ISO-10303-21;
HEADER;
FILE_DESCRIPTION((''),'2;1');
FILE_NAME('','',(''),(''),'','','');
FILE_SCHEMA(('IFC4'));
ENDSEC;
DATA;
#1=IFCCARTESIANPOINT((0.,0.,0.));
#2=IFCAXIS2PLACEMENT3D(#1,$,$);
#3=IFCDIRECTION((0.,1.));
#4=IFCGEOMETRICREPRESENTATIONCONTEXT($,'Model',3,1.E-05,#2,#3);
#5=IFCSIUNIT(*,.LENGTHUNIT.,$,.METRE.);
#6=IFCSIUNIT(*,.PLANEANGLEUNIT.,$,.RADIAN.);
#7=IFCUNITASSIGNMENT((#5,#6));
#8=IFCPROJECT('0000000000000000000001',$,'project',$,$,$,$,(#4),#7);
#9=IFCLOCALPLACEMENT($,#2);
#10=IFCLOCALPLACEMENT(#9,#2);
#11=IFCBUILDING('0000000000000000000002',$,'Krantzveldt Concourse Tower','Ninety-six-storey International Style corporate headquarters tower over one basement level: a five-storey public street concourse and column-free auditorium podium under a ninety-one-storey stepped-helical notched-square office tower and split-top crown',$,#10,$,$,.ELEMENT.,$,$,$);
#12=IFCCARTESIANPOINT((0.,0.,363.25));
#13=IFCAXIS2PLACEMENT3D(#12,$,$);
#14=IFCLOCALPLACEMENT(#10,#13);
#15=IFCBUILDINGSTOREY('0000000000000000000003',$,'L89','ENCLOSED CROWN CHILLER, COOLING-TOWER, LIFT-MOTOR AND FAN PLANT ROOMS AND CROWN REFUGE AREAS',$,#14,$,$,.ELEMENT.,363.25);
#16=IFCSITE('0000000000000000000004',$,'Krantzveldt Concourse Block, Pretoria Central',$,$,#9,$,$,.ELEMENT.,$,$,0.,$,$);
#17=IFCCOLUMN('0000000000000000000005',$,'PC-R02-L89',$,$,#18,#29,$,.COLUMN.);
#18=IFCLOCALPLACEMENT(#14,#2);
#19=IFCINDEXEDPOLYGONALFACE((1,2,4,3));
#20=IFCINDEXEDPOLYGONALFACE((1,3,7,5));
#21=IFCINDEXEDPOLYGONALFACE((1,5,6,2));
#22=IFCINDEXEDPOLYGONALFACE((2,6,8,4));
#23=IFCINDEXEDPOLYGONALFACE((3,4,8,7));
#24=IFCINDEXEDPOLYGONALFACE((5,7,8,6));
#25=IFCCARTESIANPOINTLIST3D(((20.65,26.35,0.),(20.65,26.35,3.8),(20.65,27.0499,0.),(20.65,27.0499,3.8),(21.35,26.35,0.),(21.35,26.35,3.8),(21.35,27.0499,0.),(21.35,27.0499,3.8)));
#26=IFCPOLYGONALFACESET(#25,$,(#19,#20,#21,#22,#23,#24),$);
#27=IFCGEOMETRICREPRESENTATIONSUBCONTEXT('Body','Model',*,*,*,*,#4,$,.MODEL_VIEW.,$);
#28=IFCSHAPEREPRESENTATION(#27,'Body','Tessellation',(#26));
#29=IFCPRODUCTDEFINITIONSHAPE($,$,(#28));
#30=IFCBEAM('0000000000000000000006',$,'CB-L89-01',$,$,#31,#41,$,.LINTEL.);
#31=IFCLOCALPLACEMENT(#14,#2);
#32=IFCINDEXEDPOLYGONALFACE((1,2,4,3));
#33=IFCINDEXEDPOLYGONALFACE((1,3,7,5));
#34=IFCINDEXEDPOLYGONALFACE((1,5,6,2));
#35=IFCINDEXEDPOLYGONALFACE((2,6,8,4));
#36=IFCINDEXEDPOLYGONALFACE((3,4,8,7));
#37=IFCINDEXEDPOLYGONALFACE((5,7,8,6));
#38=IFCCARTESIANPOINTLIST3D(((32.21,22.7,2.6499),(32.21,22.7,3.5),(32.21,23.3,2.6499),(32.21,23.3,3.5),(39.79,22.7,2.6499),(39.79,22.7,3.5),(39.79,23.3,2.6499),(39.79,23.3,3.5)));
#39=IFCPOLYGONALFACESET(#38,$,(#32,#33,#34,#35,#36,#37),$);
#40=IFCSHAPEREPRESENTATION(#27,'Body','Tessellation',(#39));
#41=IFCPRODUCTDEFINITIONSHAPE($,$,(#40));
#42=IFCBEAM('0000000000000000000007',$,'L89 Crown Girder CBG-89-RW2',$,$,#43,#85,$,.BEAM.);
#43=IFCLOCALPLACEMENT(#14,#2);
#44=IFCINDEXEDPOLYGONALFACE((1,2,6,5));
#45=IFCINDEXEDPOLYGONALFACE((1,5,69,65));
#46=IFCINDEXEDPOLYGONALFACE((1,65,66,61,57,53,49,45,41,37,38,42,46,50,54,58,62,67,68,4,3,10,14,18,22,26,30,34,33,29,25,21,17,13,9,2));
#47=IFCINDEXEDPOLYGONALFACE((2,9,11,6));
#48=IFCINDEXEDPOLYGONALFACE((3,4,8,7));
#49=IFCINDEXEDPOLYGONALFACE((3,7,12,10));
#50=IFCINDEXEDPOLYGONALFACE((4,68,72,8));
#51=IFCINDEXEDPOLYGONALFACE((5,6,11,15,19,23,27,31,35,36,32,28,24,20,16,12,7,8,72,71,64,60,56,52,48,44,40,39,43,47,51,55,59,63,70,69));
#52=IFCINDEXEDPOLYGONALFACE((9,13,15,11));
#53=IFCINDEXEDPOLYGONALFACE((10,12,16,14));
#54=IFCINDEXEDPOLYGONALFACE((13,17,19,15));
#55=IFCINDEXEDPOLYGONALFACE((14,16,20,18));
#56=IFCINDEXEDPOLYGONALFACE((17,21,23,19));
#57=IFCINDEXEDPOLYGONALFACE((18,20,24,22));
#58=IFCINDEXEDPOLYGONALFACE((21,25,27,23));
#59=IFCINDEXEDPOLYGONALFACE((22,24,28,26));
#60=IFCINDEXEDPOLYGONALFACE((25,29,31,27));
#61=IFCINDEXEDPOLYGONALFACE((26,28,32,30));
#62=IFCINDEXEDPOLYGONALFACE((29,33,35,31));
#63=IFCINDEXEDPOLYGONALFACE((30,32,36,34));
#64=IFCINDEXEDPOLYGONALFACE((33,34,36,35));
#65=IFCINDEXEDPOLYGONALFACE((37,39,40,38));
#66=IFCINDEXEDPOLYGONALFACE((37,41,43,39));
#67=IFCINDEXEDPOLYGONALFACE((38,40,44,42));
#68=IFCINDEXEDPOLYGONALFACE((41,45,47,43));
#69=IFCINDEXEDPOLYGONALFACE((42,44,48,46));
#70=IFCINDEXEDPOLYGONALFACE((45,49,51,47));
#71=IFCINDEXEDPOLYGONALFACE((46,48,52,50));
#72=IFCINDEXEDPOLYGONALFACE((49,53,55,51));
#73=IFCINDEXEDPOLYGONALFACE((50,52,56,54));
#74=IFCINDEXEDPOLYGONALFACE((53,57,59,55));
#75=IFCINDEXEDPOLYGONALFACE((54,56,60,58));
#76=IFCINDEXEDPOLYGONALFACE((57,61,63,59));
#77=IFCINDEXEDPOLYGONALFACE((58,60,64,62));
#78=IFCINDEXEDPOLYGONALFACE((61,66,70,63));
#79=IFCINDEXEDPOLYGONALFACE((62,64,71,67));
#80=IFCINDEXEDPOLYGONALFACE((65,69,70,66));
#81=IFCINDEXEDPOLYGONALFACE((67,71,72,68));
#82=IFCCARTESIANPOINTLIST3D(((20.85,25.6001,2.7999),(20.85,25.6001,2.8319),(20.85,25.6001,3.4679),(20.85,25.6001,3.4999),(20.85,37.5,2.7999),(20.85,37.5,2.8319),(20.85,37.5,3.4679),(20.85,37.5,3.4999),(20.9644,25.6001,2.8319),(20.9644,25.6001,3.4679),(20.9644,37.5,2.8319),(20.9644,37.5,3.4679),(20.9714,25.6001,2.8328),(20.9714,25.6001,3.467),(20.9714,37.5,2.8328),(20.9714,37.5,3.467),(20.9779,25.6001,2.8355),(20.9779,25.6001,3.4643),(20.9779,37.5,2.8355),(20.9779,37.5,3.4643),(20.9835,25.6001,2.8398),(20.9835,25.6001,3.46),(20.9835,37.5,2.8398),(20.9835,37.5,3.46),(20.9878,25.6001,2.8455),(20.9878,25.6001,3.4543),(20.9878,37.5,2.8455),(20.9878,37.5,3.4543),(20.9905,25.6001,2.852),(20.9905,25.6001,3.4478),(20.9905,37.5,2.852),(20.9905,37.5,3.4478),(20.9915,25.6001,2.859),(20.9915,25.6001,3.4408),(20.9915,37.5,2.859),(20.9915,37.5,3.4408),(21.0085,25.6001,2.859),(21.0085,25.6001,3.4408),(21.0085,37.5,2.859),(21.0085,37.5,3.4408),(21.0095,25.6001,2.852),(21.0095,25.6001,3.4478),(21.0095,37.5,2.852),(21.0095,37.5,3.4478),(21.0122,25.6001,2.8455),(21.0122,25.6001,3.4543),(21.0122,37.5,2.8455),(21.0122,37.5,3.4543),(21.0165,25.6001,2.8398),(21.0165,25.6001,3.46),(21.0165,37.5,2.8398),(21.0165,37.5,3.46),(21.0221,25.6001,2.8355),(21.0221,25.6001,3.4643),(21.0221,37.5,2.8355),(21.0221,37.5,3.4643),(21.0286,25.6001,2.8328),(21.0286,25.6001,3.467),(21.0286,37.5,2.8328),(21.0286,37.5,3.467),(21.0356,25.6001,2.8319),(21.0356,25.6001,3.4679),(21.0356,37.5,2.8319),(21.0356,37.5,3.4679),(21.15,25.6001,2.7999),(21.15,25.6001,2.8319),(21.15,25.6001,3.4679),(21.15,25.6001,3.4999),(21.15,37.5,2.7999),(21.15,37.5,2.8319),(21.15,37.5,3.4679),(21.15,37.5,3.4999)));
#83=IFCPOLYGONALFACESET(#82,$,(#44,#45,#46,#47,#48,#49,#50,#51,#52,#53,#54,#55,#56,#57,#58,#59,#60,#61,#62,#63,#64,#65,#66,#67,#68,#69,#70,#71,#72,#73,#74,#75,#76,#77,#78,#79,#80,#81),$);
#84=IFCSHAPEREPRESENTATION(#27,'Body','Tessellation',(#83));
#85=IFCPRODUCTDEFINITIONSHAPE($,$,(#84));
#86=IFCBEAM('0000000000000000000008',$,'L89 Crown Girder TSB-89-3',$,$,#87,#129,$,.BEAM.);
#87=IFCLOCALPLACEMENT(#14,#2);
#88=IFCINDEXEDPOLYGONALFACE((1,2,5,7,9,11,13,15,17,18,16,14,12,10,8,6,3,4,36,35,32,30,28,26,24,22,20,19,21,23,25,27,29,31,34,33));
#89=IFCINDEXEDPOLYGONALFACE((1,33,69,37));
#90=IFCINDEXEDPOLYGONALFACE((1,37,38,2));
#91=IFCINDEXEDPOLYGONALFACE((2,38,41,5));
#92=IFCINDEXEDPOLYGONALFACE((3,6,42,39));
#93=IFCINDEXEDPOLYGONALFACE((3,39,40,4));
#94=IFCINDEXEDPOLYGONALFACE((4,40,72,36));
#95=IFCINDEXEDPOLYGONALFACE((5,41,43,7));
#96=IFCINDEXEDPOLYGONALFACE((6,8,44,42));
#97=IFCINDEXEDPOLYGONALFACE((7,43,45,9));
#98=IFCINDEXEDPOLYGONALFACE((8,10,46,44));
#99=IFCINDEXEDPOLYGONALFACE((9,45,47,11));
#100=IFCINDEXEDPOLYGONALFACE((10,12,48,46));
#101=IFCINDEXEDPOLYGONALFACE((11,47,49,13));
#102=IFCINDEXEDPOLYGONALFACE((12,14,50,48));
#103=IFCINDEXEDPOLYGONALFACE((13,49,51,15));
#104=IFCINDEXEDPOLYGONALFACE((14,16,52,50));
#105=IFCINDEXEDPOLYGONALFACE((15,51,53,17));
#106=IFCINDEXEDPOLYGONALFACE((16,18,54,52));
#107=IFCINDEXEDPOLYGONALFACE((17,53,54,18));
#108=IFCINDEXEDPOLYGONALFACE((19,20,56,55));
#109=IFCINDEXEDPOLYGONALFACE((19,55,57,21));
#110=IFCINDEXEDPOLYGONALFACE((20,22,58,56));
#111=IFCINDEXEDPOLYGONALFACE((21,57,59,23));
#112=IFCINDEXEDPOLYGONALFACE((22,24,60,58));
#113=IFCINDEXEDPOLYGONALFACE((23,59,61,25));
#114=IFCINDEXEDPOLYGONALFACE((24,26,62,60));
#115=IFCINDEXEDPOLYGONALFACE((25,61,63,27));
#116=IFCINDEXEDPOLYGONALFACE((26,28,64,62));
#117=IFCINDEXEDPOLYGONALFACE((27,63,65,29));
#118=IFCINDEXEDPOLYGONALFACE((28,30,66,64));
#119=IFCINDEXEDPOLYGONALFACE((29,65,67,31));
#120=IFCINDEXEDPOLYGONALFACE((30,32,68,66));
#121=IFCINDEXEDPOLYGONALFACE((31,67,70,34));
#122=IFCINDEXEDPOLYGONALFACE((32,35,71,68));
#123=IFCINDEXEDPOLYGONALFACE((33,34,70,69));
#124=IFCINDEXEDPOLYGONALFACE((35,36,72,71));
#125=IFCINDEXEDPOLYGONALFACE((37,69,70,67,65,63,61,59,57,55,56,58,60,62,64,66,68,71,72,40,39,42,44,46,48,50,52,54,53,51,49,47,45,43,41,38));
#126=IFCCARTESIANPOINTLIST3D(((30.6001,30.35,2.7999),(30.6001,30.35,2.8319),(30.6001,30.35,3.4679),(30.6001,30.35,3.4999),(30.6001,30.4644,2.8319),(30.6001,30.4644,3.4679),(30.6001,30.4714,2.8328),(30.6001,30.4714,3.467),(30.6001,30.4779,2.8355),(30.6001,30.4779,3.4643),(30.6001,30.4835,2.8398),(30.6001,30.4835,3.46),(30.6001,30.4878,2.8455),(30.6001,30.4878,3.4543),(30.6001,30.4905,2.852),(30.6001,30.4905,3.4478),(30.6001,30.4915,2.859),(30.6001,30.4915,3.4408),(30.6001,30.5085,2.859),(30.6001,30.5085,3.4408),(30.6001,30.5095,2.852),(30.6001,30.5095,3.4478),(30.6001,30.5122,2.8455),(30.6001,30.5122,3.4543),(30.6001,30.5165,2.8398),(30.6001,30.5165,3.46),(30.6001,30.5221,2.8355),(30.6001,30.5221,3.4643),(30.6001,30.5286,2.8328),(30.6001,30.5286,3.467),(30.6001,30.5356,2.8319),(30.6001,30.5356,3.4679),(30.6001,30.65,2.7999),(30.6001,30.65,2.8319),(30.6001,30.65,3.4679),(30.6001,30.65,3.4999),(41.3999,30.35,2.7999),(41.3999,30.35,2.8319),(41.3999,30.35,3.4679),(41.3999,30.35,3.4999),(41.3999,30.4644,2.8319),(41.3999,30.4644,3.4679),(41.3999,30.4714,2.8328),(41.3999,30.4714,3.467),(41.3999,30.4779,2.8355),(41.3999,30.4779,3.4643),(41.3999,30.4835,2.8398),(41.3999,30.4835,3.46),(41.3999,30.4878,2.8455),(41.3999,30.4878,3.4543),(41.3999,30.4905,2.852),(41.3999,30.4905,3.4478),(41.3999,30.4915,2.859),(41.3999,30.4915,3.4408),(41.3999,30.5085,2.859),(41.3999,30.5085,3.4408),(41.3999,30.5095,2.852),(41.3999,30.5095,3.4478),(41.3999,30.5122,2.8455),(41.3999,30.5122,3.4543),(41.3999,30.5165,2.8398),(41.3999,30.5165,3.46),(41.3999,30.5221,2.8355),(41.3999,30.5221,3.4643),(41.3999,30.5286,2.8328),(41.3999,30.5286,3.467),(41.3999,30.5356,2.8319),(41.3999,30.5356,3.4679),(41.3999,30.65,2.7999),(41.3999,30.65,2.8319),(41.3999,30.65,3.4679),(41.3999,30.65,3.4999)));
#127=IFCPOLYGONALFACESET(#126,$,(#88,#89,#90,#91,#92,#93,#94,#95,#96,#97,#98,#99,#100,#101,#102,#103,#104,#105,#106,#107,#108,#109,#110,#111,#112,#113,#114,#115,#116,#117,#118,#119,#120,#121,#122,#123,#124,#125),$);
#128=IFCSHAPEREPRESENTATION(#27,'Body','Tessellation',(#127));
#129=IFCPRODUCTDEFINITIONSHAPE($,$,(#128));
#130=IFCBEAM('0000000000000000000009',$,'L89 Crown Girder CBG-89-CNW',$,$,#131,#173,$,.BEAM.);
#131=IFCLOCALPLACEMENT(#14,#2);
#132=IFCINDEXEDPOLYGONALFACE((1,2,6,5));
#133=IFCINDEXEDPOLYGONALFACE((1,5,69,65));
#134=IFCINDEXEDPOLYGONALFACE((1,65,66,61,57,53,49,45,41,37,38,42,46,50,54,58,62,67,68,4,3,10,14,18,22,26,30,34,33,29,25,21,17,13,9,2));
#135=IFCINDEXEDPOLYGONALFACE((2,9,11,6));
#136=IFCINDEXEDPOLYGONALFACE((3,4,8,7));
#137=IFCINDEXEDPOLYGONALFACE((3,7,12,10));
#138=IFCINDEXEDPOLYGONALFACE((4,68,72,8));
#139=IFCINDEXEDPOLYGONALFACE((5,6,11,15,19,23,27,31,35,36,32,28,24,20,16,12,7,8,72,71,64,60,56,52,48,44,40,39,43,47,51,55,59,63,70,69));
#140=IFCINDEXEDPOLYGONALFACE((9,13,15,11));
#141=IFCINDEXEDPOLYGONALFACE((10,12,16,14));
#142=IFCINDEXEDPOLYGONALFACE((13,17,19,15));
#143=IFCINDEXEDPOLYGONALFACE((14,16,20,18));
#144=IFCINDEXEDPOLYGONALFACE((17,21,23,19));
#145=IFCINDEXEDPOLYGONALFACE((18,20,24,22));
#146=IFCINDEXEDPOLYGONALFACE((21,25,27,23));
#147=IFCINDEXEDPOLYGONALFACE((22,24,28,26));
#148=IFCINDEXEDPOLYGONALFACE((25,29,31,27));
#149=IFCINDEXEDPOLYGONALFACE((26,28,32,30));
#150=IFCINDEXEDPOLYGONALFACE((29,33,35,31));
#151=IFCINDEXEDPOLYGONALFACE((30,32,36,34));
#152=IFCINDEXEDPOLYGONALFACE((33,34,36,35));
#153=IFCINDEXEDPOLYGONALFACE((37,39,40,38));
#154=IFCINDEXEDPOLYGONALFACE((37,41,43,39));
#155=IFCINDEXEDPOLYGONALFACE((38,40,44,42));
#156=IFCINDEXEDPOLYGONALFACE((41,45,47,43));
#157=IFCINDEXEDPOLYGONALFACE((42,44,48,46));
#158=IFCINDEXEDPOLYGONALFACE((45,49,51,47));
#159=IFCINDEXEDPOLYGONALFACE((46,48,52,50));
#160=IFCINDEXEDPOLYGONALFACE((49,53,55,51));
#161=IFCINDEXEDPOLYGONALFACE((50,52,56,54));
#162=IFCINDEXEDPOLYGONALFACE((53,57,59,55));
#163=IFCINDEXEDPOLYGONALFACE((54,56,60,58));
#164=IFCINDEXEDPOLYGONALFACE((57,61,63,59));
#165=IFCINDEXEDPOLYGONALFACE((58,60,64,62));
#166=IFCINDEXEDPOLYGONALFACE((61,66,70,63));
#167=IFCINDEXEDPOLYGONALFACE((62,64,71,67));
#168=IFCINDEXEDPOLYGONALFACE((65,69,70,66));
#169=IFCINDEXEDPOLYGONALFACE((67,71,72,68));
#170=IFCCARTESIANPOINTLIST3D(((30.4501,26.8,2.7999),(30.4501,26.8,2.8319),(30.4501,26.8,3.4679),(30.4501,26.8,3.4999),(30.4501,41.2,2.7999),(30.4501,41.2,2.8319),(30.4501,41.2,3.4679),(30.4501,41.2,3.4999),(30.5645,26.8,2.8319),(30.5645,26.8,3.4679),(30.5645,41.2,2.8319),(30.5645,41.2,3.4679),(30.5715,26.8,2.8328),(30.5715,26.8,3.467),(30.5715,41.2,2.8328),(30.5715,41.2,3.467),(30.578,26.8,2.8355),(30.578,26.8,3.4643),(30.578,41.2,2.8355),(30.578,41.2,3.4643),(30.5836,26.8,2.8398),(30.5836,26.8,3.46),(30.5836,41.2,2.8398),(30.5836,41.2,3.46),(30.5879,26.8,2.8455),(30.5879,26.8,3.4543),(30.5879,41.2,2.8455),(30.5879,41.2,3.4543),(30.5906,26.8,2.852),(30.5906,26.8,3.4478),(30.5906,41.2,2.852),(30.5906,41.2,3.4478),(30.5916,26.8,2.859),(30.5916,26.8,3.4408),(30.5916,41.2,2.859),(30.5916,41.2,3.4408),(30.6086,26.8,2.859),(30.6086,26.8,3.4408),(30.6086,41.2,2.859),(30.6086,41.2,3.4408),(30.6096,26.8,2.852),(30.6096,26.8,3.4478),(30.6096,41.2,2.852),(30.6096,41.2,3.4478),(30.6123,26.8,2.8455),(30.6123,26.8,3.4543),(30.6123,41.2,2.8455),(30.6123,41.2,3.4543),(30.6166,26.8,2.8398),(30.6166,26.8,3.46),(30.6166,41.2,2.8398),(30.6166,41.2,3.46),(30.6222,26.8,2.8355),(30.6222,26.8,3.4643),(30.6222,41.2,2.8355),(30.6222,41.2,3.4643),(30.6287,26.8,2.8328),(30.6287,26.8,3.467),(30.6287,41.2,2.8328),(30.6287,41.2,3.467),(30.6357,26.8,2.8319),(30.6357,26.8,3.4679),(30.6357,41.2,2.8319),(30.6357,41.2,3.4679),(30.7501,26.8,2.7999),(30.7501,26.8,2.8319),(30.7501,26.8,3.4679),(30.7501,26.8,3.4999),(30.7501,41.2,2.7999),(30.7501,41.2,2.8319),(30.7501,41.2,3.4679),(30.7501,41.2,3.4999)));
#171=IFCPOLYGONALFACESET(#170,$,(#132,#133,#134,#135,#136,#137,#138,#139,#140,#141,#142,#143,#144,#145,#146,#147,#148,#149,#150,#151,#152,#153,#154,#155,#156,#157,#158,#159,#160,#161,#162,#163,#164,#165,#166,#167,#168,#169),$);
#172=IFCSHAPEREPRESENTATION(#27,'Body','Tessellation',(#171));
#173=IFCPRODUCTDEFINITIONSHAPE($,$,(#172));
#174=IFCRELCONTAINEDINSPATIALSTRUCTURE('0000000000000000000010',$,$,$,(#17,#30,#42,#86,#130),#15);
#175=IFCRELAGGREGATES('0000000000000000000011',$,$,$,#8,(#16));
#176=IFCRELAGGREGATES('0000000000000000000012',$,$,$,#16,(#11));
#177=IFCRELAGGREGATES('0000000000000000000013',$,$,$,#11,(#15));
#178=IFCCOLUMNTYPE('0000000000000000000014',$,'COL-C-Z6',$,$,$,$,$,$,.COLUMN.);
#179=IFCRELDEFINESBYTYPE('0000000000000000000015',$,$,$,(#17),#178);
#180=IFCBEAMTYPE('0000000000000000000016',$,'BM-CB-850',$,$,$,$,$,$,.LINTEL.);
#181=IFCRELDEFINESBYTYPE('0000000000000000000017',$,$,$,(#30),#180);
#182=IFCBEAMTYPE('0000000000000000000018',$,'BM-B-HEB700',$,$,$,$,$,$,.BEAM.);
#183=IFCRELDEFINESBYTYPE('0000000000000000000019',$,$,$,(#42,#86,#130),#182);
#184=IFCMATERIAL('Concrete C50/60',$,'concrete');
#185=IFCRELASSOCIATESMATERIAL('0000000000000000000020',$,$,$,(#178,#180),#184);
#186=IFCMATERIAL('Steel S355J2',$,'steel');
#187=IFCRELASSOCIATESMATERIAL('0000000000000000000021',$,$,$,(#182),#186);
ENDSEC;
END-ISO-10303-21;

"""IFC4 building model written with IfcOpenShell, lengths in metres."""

from ifc_helpers import new_model, si_unit, direction, frame, origin, origin_2d, place, context, subcontext, project, spatial, rectangle, i_section, extrude, source, transform, mapped, material, material_profile, profile_set, type_object, type_shapes, element, save


model = new_model("IFC4")

# Units and contexts
model_context = context("Model", 3, precision=1e-05, world=origin(), true_north=direction((0.0, 1.0)))
body_context = subcontext(model_context, "Body", "Model", "MODEL_VIEW")
ifc_project = project(units=[si_unit("LENGTHUNIT", "METRE"), si_unit("PLANEANGLEUNIT", "RADIAN")], contexts=[model_context])

# Site, building, storey
site_placement = place(None, origin())
site = spatial("IfcSite", under=ifc_project, at=site_placement, Name="Krantzveldt Concourse Block, Pretoria Central", CompositionType="ELEMENT", RefElevation=0.0)
building_placement = place(site_placement, origin())
building = spatial("IfcBuilding", under=site, at=building_placement, Name="Krantzveldt Concourse Tower", Description="Ninety-six-storey International Style corporate headquarters tower over one basement level: a five-storey public street concourse and column-free auditorium podium under a ninety-one-storey stepped-helical notched-square office tower and split-top crown", CompositionType="ELEMENT")
storey_placement = place(building_placement, frame((0.0, 0.0, 363.25)))
storey = spatial("IfcBuildingStorey", under=building, at=storey_placement, Name="L89", Description="ENCLOSED CROWN CHILLER, COOLING-TOWER, LIFT-MOTOR AND FAN PLANT ROOMS AND CROWN REFUGE AREAS", CompositionType="ELEMENT", Elevation=363.25)

# Column
ifc_material_1 = material(Name="Concrete C50/60", Category="concrete")
ifc_material_profile_1 = material_profile(ifc_material_1, rectangle(XDim=0.7, YDim=0.7, at=origin_2d()), Name="Concrete C50/60", Category="concrete")
ifc_profile_set_1 = profile_set([ifc_material_profile_1], Name="Concrete C50/60 - RC 700x700")
column_type = type_object("IfcColumnType", Name="COL-C-Z6", PredefinedType="COLUMN", material=ifc_profile_set_1)
shared_shape_1 = source(origin(), body_context, "Body", "SweptSolid", [
    extrude(rectangle(XDim=0.7, YDim=0.7, at=origin_2d()), origin(), (0.0, 0.0, 1.0), 3.8),
])
type_shapes(column_type, [shared_shape_1])
column_placement = place(storey_placement, frame((21.0, 26.7, 0.0), z_axis=(0.0, 0.0, 1.0), x_axis=(1.0, 0.0, 0.0)))
element("IfcColumn", 1, at=column_placement, inside=storey, type_object=column_type, Name="PC-R02-L89", PredefinedType="COLUMN", context=body_context, shape_type="MappedRepresentation", body=[
    mapped(shared_shape_1, transform((0.0, 0.0, 0.0), x_axis=(1.0, 0.0, 0.0), y_axis=(0.0, 1.0, 0.0), z_axis=(0.0, 0.0, 1.0), scale=1.0)),
])

# Beams
ifc_material_profile_2 = material_profile(ifc_material_1, rectangle(XDim=0.6001, YDim=0.8501, at=origin_2d()), Name="Concrete C50/60", Category="concrete")
ifc_profile_set_2 = profile_set([ifc_material_profile_2], Name="Concrete C50/60 - RC-CB 600x850")
beam_type_1 = type_object("IfcBeamType", Name="BM-CB-850", PredefinedType="LINTEL", material=ifc_profile_set_2)
shared_shape_2 = source(origin(), body_context, "Body", "SweptSolid", [
    extrude(rectangle(XDim=0.6001, YDim=0.8501, at=origin_2d()), origin(), (0.0, 0.0, 1.0), 7.5801),
])
type_shapes(beam_type_1, [shared_shape_2])
beam_1_placement = place(storey_placement, frame((32.21, 23.0, 3.075), z_axis=(1.0, 0.0, 0.0), x_axis=(0.0, 1.0, 0.0)))
element("IfcBeam", 2, at=beam_1_placement, inside=storey, type_object=beam_type_1, Name="CB-L89-01", PredefinedType="LINTEL", context=body_context, shape_type="MappedRepresentation", body=[
    mapped(shared_shape_2, transform((0.0, 0.0, 0.0), x_axis=(1.0, 0.0, 0.0), y_axis=(0.0, 1.0, 0.0), z_axis=(0.0, 0.0, 1.0), scale=1.0)),
])
ifc_material_2 = material(Name="Steel S355J2", Category="steel")
ifc_material_profile_3 = material_profile(ifc_material_2, i_section(OverallWidth=0.3, OverallDepth=0.7, WebThickness=0.0171, FlangeThickness=0.032, FilletRadius=0.0271, at=origin_2d()), Name="Steel S355J2", Category="steel")
ifc_profile_set_3 = profile_set([ifc_material_profile_3], Name="Steel S355J2 - HEB 700")
beam_type_2 = type_object("IfcBeamType", Name="BM-B-HEB700", PredefinedType="BEAM", material=ifc_profile_set_3)
shared_shape_3 = source(origin(), body_context, "Body", "SweptSolid", [
    extrude(i_section(OverallWidth=0.3, OverallDepth=0.7, WebThickness=0.0171, FlangeThickness=0.032, FilletRadius=0.0271, at=origin_2d()), origin(), (0.0, 0.0, 1.0), 11.8999),
])
beam_2_placement = place(storey_placement, frame((21.0, 25.6001, 3.1499), z_axis=(0.0, 1.0, 0.0), x_axis=(-1.0, 0.0, 0.0)))
element("IfcBeam", 3, at=beam_2_placement, inside=storey, type_object=beam_type_2, Name="L89 Crown Girder CBG-89-RW2", PredefinedType="BEAM", context=body_context, shape_type="MappedRepresentation", body=[
    mapped(shared_shape_3, transform((0.0, 0.0, 0.0), x_axis=(1.0, 0.0, 0.0), y_axis=(0.0, 1.0, 0.0), z_axis=(0.0, 0.0, 1.0), scale=1.0)),
])
shared_shape_4 = source(origin(), body_context, "Body", "SweptSolid", [
    extrude(i_section(OverallWidth=0.3, OverallDepth=0.7, WebThickness=0.0171, FlangeThickness=0.032, FilletRadius=0.0271, at=origin_2d()), origin(), (0.0, 0.0, 1.0), 10.7998),
])
beam_3_placement = place(storey_placement, frame((30.6001, 30.5, 3.1499), z_axis=(1.0, 0.0, 0.0), x_axis=(0.0, 1.0, 0.0)))
element("IfcBeam", 4, at=beam_3_placement, inside=storey, type_object=beam_type_2, Name="L89 Crown Girder TSB-89-3", PredefinedType="BEAM", context=body_context, shape_type="MappedRepresentation", body=[
    mapped(shared_shape_4, transform((0.0, 0.0, 0.0), x_axis=(1.0, 0.0, 0.0), y_axis=(0.0, 1.0, 0.0), z_axis=(0.0, 0.0, 1.0), scale=1.0)),
])
shared_shape_5 = source(origin(), body_context, "Body", "SweptSolid", [
    extrude(i_section(OverallWidth=0.3, OverallDepth=0.7, WebThickness=0.0171, FlangeThickness=0.032, FilletRadius=0.0271, at=origin_2d()), origin(), (0.0, 0.0, 1.0), 14.3999),
])
beam_4_placement = place(storey_placement, frame((30.6001, 26.8, 3.1499), z_axis=(0.0, 1.0, 0.0), x_axis=(-1.0, 0.0, 0.0)))
element("IfcBeam", 5, at=beam_4_placement, inside=storey, type_object=beam_type_2, Name="L89 Crown Girder CBG-89-CNW", PredefinedType="BEAM", context=body_context, shape_type="MappedRepresentation", body=[
    mapped(shared_shape_5, transform((0.0, 0.0, 0.0), x_axis=(1.0, 0.0, 0.0), y_axis=(0.0, 1.0, 0.0), z_axis=(0.0, 0.0, 1.0), scale=1.0)),
])

save(model, "model.ifc")
